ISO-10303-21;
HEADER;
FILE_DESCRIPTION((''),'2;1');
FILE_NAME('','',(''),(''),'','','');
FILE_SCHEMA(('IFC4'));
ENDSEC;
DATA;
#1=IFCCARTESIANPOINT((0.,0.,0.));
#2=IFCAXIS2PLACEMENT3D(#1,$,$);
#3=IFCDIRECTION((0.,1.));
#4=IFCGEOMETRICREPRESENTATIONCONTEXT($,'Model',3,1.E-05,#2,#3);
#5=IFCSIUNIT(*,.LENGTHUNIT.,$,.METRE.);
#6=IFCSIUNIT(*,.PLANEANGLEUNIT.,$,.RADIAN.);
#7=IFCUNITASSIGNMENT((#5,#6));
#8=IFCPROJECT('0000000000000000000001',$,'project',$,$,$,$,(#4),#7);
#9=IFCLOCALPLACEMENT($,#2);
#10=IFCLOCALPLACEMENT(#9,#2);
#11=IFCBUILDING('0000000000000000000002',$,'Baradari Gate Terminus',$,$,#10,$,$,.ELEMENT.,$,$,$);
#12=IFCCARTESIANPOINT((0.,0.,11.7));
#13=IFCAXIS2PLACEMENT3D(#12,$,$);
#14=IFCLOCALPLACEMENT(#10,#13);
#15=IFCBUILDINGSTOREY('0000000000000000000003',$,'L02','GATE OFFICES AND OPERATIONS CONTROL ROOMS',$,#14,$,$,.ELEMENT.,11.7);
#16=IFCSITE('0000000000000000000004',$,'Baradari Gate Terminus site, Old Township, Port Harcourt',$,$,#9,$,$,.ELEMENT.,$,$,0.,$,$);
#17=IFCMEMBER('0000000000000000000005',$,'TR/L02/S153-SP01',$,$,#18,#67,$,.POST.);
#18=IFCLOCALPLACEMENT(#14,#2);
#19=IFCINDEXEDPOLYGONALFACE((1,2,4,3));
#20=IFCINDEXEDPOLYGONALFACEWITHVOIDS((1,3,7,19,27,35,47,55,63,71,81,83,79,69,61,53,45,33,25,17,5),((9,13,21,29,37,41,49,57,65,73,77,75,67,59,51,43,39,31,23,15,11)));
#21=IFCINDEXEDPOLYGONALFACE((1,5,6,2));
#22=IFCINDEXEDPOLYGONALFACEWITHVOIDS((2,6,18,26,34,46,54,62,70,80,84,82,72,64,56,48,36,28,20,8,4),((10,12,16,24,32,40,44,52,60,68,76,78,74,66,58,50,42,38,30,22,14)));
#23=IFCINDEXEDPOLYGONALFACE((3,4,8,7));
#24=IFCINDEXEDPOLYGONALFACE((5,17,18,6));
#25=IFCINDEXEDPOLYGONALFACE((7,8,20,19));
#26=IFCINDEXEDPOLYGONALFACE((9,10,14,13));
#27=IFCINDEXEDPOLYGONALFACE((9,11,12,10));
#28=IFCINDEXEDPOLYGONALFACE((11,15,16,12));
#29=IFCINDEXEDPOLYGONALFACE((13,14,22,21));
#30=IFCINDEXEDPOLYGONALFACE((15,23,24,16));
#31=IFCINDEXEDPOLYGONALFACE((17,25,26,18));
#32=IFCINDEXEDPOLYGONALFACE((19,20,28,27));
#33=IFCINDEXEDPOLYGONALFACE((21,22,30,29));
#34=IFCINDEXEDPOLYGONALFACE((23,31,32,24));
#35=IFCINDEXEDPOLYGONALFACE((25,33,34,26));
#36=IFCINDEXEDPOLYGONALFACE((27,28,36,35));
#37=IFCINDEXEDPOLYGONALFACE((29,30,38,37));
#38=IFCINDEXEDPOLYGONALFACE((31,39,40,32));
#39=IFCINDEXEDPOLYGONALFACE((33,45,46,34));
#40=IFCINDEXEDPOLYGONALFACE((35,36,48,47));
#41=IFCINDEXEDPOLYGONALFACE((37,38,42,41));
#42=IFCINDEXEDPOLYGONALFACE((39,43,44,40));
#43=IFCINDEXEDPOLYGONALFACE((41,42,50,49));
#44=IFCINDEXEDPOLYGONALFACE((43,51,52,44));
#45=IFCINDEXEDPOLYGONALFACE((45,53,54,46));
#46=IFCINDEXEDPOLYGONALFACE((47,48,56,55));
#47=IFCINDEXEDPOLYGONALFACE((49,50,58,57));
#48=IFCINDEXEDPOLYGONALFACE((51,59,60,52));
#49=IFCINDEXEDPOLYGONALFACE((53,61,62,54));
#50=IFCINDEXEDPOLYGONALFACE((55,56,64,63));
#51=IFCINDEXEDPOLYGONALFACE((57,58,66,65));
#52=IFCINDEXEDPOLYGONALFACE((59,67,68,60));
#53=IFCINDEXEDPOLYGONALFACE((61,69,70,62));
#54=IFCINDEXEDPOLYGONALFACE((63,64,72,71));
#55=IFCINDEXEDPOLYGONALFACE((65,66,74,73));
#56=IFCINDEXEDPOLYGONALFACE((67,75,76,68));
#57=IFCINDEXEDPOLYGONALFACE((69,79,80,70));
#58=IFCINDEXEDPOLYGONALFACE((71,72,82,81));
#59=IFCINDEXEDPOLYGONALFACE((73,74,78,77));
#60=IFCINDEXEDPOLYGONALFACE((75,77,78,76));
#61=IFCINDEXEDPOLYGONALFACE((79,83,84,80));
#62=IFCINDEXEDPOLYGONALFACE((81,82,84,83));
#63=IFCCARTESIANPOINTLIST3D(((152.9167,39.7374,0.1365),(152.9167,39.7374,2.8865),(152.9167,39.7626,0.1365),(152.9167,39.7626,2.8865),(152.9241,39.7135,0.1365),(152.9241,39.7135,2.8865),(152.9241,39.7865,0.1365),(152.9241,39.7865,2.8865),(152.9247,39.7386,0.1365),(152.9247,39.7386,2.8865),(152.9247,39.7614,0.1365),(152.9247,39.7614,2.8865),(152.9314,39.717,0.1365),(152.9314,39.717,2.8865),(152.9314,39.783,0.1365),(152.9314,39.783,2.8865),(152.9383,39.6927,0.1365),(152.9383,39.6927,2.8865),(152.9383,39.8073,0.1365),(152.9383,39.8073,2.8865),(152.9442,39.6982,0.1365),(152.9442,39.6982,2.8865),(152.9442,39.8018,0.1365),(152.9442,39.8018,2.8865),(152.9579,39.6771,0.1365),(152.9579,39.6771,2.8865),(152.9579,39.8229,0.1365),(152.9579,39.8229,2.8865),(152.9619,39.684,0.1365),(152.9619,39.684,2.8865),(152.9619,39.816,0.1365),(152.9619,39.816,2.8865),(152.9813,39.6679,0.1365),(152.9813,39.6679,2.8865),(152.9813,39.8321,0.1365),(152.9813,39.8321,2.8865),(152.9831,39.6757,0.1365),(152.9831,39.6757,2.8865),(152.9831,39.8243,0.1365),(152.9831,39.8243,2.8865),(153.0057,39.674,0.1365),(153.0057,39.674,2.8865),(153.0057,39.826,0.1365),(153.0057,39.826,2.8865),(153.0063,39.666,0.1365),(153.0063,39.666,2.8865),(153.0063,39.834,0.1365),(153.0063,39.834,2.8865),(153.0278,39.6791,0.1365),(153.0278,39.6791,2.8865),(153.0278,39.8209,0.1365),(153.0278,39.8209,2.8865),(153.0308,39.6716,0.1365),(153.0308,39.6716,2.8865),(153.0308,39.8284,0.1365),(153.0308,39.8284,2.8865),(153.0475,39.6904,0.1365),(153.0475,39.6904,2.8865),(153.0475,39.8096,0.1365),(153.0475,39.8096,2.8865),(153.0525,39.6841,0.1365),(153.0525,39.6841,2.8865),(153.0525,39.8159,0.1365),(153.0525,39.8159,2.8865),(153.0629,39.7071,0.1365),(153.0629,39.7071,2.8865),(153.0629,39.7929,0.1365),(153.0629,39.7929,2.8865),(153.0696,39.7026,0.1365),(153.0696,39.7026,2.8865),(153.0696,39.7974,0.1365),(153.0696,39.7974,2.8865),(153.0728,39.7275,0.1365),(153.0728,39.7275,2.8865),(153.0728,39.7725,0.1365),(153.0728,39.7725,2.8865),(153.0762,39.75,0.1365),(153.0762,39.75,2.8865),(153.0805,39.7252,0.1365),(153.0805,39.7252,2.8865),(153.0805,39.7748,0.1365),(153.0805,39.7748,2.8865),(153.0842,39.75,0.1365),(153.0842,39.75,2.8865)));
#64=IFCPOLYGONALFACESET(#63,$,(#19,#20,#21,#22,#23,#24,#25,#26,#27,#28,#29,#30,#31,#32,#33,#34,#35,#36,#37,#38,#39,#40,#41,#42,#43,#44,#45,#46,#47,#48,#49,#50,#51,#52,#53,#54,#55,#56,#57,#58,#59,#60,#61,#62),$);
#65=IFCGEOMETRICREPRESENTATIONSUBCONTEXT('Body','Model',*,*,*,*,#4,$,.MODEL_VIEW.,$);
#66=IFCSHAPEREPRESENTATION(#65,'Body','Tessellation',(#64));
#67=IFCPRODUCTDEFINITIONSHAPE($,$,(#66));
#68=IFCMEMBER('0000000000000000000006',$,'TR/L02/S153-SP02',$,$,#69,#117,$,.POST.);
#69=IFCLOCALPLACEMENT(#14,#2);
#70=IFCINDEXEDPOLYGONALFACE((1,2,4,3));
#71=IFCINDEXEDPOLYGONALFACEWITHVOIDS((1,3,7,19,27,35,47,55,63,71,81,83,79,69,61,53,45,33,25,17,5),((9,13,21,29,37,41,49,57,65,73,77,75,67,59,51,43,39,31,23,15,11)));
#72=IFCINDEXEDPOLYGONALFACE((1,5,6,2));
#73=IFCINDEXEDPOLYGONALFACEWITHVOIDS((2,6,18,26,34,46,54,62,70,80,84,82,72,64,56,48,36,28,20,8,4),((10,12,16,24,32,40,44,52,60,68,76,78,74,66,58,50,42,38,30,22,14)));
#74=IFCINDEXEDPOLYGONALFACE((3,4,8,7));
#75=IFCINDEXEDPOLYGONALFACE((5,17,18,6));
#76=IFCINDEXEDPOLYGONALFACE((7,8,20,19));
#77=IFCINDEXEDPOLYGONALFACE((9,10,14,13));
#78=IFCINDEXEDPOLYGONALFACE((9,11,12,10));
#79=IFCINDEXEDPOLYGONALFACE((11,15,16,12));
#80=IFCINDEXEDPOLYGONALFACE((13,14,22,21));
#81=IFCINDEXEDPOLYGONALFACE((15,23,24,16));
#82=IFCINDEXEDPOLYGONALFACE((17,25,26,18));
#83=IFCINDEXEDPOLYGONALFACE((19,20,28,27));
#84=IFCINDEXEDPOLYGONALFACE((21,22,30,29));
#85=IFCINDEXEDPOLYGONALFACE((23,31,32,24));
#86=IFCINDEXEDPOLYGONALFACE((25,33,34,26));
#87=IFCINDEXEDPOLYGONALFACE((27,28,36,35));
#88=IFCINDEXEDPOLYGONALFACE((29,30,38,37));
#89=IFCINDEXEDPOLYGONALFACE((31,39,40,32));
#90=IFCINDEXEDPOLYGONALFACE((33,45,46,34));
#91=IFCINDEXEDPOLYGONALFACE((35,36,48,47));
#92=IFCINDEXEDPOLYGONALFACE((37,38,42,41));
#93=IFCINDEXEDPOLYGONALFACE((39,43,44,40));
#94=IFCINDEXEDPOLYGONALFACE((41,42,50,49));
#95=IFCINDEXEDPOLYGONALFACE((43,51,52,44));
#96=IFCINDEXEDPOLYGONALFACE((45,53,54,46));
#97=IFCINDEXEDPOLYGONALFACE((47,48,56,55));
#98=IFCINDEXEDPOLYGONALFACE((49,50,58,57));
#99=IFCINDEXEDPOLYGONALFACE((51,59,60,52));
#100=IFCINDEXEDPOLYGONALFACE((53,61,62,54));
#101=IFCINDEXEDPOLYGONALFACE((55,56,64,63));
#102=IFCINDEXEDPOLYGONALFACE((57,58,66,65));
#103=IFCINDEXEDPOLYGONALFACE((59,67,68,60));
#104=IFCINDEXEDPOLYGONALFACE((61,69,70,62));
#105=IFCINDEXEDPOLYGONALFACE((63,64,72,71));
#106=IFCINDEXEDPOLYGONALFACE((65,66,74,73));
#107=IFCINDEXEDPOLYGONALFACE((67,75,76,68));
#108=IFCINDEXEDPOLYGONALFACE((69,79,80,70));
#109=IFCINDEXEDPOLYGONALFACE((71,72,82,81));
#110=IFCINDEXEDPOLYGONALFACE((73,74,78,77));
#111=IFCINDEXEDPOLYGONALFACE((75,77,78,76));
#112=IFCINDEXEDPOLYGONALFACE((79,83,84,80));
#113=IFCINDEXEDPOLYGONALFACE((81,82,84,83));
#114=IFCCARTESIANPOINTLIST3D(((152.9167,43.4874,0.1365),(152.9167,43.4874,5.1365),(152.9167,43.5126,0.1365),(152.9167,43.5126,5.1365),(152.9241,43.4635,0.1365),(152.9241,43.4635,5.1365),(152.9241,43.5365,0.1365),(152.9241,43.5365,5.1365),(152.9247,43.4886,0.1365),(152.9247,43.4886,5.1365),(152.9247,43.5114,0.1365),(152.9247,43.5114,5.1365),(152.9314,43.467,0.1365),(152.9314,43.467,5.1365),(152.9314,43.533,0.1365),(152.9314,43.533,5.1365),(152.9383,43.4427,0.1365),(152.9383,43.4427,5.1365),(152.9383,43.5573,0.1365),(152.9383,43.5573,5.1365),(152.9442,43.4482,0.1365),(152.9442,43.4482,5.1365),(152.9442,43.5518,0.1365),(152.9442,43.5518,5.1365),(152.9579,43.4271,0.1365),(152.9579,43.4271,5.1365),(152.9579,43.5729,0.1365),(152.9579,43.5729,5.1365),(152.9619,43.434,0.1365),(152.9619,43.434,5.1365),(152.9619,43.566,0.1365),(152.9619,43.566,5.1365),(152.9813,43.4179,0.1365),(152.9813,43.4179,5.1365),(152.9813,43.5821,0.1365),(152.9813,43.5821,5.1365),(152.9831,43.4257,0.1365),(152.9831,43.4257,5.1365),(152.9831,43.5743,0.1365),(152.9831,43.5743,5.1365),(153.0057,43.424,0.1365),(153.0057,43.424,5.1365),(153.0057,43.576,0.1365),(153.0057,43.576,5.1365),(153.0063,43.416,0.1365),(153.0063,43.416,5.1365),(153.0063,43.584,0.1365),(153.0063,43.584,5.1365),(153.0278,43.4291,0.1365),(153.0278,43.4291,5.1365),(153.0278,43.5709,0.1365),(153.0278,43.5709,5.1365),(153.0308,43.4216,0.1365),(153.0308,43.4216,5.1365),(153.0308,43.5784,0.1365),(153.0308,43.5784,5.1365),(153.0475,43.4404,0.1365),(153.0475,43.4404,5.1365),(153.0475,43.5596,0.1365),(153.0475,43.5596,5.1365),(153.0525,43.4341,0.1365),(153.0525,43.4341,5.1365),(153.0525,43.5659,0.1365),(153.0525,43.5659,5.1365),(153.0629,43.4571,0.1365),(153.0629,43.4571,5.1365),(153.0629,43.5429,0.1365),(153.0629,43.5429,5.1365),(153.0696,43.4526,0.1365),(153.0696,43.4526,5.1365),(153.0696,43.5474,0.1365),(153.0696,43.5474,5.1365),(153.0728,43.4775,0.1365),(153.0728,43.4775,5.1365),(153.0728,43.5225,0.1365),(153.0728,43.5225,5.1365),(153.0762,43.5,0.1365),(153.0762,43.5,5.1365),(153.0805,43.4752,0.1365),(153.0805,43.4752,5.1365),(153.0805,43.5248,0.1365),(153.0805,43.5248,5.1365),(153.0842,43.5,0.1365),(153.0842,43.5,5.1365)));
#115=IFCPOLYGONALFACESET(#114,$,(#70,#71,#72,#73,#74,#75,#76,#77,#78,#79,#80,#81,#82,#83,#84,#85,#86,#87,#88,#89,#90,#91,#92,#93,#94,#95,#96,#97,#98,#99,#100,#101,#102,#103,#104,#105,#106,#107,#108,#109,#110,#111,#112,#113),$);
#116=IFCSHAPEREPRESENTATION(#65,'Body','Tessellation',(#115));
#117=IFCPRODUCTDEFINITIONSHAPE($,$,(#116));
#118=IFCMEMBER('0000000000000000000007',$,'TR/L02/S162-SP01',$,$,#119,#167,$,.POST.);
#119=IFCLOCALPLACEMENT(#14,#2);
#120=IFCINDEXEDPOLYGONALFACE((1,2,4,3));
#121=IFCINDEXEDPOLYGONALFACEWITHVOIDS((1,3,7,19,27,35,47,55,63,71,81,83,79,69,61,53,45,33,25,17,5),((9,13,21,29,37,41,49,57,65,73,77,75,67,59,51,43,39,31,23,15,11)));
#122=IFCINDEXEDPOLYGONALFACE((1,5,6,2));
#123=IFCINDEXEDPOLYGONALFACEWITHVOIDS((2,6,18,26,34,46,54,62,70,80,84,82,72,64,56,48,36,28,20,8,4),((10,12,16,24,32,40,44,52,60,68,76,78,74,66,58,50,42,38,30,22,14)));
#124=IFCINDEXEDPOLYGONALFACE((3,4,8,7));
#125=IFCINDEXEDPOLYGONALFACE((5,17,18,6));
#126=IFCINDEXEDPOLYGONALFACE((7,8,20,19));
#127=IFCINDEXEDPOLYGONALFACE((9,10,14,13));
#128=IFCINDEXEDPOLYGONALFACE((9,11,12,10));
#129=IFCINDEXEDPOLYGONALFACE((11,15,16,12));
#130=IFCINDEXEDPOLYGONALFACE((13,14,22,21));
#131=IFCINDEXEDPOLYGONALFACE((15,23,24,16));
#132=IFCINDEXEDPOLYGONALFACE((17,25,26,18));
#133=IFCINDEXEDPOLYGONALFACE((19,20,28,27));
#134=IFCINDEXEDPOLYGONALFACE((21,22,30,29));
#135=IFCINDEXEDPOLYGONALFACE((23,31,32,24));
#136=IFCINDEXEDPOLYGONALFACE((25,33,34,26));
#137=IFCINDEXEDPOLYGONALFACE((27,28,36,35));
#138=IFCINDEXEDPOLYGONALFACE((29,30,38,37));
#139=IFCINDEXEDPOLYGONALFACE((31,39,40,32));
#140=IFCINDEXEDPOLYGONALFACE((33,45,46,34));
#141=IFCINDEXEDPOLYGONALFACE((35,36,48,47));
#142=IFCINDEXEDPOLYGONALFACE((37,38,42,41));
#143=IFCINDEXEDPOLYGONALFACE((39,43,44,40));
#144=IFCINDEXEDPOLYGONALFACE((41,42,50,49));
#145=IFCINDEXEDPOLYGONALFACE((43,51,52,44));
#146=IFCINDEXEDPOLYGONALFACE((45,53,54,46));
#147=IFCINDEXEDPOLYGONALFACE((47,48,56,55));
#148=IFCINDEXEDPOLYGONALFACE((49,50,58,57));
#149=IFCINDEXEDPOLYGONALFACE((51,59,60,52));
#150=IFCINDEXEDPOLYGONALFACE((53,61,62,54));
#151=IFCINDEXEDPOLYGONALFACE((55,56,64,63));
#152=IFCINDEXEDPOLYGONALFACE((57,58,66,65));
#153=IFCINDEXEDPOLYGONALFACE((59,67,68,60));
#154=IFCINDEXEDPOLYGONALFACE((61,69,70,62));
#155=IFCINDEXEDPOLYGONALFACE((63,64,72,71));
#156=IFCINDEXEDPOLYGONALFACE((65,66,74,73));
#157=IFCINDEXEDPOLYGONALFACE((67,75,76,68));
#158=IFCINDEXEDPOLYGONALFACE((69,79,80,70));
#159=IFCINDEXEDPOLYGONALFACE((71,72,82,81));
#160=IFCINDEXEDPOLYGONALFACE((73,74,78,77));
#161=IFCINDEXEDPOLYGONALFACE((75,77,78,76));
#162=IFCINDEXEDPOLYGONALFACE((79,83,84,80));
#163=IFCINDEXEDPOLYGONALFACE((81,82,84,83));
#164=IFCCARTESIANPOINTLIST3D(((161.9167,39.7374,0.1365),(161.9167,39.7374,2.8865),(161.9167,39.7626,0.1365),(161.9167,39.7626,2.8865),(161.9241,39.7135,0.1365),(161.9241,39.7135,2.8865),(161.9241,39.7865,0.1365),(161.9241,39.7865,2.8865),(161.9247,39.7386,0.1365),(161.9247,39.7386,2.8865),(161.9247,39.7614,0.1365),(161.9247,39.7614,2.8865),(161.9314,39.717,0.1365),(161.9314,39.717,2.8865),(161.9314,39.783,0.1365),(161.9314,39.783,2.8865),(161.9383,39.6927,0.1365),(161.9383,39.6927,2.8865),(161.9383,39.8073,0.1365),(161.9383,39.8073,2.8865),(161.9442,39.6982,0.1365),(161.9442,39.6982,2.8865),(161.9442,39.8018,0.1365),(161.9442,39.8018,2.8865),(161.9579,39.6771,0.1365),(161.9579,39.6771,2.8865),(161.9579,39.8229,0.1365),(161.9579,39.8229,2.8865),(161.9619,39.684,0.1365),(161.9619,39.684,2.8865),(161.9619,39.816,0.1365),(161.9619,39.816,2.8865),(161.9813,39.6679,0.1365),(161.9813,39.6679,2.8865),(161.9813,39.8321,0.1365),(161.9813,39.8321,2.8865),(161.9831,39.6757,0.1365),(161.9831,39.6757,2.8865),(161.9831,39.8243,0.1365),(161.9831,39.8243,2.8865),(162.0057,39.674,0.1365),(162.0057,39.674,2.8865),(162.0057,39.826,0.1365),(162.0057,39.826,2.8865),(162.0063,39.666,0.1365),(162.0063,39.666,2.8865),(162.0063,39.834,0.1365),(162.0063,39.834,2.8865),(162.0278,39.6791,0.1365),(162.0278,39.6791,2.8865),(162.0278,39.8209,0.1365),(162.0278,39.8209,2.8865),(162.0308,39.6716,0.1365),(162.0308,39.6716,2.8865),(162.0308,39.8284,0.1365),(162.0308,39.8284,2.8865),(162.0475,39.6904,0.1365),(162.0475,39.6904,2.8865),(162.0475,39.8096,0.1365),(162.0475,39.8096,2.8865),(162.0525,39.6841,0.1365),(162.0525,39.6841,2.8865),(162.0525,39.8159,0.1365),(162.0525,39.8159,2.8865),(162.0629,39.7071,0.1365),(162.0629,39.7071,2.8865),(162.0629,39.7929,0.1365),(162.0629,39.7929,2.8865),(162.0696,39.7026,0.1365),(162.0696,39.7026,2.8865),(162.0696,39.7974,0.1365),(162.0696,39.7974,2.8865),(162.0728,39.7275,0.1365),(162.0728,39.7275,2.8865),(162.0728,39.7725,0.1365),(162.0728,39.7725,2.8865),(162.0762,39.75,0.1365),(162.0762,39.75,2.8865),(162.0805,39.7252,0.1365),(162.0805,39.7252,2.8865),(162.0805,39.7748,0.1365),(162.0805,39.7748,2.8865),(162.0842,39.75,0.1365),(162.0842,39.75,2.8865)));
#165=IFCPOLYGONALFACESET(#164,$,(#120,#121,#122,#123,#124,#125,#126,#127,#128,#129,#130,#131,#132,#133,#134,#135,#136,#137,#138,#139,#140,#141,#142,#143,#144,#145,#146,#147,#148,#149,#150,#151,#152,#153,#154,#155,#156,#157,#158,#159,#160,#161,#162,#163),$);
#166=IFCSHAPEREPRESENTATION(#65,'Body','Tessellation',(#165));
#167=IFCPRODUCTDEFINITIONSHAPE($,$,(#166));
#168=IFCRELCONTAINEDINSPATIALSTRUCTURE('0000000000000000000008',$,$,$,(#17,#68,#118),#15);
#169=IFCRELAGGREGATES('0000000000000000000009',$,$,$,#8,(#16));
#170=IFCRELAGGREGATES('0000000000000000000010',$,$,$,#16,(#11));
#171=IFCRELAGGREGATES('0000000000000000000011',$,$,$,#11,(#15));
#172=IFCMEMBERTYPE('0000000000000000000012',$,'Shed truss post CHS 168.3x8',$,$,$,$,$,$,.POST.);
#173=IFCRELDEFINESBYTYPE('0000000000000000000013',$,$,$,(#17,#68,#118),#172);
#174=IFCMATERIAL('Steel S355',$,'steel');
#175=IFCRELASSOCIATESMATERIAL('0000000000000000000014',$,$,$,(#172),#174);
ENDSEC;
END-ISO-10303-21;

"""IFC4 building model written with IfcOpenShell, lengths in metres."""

from ifc_helpers import new_model, si_unit, direction, frame, origin, origin_2d, place, context, subcontext, project, spatial, hollow_circle, extrude, material, material_profile, profile_set, type_object, element, save


model = new_model("IFC4")

# Units and contexts
model_context = context("Model", 3, precision=1e-05, world=origin(), true_north=direction((0.0, 1.0)))
body_context = subcontext(model_context, "Body", "Model", "MODEL_VIEW")
ifc_project = project(units=[si_unit("LENGTHUNIT", "METRE"), si_unit("PLANEANGLEUNIT", "RADIAN")], contexts=[model_context])

# Site, building, storey
site_placement = place(None, origin())
site = spatial("IfcSite", under=ifc_project, at=site_placement, Name="Baradari Gate Terminus site, Old Township, Port Harcourt", CompositionType="ELEMENT", RefElevation=0.0)
building_placement = place(site_placement, origin())
building = spatial("IfcBuilding", under=site, at=building_placement, Name="Baradari Gate Terminus", CompositionType="ELEMENT")
storey_placement = place(building_placement, frame((0.0, 0.0, 11.7)))
storey = spatial("IfcBuildingStorey", under=building, at=storey_placement, Name="L02", Description="GATE OFFICES AND OPERATIONS CONTROL ROOMS", CompositionType="ELEMENT", Elevation=11.7)

# Members
ifc_material_1 = material(Name="Steel S355", Category="steel")
ifc_material_profile_1 = material_profile(ifc_material_1, hollow_circle(Radius=0.0842, WallThickness=0.0081, at=origin_2d()), Name="CHS 168.3x8")
ifc_profile_set_1 = profile_set([ifc_material_profile_1], Name="Steel S355")
member_type_1 = type_object("IfcMemberType", Name="Shed truss post CHS 168.3x8", PredefinedType="POST", material=ifc_profile_set_1)
member_1_placement = place(storey_placement, frame((153.0, 39.75, 0.1365), z_axis=(0.0, 0.0, 1.0), x_axis=(1.0, 0.0, 0.0)))
element("IfcMember", 1, at=member_1_placement, inside=storey, type_object=member_type_1, Name="TR/L02/S153-SP01", PredefinedType="POST", context=body_context, shape_type="SweptSolid", body=[
    extrude(hollow_circle(Radius=0.0842, WallThickness=0.0081, at=origin_2d()), origin(), (0.0, 0.0, 1.0), 2.75),
])
member_2_placement = place(storey_placement, frame((153.0, 43.5, 0.1365), z_axis=(0.0, 0.0, 1.0), x_axis=(1.0, 0.0, 0.0)))
element("IfcMember", 2, at=member_2_placement, inside=storey, type_object=member_type_1, Name="TR/L02/S153-SP02", PredefinedType="POST", context=body_context, shape_type="SweptSolid", body=[
    extrude(hollow_circle(Radius=0.0842, WallThickness=0.0081, at=origin_2d()), origin(), (0.0, 0.0, 1.0), 5.0),
])
member_3_placement = place(storey_placement, frame((162.0, 39.75, 0.1365), z_axis=(0.0, 0.0, 1.0), x_axis=(1.0, 0.0, 0.0)))
element("IfcMember", 3, at=member_3_placement, inside=storey, type_object=member_type_1, Name="TR/L02/S162-SP01", PredefinedType="POST", context=body_context, shape_type="SweptSolid", body=[
    extrude(hollow_circle(Radius=0.0842, WallThickness=0.0081, at=origin_2d()), origin(), (0.0, 0.0, 1.0), 2.75),
])

save(model, "model.ifc")
